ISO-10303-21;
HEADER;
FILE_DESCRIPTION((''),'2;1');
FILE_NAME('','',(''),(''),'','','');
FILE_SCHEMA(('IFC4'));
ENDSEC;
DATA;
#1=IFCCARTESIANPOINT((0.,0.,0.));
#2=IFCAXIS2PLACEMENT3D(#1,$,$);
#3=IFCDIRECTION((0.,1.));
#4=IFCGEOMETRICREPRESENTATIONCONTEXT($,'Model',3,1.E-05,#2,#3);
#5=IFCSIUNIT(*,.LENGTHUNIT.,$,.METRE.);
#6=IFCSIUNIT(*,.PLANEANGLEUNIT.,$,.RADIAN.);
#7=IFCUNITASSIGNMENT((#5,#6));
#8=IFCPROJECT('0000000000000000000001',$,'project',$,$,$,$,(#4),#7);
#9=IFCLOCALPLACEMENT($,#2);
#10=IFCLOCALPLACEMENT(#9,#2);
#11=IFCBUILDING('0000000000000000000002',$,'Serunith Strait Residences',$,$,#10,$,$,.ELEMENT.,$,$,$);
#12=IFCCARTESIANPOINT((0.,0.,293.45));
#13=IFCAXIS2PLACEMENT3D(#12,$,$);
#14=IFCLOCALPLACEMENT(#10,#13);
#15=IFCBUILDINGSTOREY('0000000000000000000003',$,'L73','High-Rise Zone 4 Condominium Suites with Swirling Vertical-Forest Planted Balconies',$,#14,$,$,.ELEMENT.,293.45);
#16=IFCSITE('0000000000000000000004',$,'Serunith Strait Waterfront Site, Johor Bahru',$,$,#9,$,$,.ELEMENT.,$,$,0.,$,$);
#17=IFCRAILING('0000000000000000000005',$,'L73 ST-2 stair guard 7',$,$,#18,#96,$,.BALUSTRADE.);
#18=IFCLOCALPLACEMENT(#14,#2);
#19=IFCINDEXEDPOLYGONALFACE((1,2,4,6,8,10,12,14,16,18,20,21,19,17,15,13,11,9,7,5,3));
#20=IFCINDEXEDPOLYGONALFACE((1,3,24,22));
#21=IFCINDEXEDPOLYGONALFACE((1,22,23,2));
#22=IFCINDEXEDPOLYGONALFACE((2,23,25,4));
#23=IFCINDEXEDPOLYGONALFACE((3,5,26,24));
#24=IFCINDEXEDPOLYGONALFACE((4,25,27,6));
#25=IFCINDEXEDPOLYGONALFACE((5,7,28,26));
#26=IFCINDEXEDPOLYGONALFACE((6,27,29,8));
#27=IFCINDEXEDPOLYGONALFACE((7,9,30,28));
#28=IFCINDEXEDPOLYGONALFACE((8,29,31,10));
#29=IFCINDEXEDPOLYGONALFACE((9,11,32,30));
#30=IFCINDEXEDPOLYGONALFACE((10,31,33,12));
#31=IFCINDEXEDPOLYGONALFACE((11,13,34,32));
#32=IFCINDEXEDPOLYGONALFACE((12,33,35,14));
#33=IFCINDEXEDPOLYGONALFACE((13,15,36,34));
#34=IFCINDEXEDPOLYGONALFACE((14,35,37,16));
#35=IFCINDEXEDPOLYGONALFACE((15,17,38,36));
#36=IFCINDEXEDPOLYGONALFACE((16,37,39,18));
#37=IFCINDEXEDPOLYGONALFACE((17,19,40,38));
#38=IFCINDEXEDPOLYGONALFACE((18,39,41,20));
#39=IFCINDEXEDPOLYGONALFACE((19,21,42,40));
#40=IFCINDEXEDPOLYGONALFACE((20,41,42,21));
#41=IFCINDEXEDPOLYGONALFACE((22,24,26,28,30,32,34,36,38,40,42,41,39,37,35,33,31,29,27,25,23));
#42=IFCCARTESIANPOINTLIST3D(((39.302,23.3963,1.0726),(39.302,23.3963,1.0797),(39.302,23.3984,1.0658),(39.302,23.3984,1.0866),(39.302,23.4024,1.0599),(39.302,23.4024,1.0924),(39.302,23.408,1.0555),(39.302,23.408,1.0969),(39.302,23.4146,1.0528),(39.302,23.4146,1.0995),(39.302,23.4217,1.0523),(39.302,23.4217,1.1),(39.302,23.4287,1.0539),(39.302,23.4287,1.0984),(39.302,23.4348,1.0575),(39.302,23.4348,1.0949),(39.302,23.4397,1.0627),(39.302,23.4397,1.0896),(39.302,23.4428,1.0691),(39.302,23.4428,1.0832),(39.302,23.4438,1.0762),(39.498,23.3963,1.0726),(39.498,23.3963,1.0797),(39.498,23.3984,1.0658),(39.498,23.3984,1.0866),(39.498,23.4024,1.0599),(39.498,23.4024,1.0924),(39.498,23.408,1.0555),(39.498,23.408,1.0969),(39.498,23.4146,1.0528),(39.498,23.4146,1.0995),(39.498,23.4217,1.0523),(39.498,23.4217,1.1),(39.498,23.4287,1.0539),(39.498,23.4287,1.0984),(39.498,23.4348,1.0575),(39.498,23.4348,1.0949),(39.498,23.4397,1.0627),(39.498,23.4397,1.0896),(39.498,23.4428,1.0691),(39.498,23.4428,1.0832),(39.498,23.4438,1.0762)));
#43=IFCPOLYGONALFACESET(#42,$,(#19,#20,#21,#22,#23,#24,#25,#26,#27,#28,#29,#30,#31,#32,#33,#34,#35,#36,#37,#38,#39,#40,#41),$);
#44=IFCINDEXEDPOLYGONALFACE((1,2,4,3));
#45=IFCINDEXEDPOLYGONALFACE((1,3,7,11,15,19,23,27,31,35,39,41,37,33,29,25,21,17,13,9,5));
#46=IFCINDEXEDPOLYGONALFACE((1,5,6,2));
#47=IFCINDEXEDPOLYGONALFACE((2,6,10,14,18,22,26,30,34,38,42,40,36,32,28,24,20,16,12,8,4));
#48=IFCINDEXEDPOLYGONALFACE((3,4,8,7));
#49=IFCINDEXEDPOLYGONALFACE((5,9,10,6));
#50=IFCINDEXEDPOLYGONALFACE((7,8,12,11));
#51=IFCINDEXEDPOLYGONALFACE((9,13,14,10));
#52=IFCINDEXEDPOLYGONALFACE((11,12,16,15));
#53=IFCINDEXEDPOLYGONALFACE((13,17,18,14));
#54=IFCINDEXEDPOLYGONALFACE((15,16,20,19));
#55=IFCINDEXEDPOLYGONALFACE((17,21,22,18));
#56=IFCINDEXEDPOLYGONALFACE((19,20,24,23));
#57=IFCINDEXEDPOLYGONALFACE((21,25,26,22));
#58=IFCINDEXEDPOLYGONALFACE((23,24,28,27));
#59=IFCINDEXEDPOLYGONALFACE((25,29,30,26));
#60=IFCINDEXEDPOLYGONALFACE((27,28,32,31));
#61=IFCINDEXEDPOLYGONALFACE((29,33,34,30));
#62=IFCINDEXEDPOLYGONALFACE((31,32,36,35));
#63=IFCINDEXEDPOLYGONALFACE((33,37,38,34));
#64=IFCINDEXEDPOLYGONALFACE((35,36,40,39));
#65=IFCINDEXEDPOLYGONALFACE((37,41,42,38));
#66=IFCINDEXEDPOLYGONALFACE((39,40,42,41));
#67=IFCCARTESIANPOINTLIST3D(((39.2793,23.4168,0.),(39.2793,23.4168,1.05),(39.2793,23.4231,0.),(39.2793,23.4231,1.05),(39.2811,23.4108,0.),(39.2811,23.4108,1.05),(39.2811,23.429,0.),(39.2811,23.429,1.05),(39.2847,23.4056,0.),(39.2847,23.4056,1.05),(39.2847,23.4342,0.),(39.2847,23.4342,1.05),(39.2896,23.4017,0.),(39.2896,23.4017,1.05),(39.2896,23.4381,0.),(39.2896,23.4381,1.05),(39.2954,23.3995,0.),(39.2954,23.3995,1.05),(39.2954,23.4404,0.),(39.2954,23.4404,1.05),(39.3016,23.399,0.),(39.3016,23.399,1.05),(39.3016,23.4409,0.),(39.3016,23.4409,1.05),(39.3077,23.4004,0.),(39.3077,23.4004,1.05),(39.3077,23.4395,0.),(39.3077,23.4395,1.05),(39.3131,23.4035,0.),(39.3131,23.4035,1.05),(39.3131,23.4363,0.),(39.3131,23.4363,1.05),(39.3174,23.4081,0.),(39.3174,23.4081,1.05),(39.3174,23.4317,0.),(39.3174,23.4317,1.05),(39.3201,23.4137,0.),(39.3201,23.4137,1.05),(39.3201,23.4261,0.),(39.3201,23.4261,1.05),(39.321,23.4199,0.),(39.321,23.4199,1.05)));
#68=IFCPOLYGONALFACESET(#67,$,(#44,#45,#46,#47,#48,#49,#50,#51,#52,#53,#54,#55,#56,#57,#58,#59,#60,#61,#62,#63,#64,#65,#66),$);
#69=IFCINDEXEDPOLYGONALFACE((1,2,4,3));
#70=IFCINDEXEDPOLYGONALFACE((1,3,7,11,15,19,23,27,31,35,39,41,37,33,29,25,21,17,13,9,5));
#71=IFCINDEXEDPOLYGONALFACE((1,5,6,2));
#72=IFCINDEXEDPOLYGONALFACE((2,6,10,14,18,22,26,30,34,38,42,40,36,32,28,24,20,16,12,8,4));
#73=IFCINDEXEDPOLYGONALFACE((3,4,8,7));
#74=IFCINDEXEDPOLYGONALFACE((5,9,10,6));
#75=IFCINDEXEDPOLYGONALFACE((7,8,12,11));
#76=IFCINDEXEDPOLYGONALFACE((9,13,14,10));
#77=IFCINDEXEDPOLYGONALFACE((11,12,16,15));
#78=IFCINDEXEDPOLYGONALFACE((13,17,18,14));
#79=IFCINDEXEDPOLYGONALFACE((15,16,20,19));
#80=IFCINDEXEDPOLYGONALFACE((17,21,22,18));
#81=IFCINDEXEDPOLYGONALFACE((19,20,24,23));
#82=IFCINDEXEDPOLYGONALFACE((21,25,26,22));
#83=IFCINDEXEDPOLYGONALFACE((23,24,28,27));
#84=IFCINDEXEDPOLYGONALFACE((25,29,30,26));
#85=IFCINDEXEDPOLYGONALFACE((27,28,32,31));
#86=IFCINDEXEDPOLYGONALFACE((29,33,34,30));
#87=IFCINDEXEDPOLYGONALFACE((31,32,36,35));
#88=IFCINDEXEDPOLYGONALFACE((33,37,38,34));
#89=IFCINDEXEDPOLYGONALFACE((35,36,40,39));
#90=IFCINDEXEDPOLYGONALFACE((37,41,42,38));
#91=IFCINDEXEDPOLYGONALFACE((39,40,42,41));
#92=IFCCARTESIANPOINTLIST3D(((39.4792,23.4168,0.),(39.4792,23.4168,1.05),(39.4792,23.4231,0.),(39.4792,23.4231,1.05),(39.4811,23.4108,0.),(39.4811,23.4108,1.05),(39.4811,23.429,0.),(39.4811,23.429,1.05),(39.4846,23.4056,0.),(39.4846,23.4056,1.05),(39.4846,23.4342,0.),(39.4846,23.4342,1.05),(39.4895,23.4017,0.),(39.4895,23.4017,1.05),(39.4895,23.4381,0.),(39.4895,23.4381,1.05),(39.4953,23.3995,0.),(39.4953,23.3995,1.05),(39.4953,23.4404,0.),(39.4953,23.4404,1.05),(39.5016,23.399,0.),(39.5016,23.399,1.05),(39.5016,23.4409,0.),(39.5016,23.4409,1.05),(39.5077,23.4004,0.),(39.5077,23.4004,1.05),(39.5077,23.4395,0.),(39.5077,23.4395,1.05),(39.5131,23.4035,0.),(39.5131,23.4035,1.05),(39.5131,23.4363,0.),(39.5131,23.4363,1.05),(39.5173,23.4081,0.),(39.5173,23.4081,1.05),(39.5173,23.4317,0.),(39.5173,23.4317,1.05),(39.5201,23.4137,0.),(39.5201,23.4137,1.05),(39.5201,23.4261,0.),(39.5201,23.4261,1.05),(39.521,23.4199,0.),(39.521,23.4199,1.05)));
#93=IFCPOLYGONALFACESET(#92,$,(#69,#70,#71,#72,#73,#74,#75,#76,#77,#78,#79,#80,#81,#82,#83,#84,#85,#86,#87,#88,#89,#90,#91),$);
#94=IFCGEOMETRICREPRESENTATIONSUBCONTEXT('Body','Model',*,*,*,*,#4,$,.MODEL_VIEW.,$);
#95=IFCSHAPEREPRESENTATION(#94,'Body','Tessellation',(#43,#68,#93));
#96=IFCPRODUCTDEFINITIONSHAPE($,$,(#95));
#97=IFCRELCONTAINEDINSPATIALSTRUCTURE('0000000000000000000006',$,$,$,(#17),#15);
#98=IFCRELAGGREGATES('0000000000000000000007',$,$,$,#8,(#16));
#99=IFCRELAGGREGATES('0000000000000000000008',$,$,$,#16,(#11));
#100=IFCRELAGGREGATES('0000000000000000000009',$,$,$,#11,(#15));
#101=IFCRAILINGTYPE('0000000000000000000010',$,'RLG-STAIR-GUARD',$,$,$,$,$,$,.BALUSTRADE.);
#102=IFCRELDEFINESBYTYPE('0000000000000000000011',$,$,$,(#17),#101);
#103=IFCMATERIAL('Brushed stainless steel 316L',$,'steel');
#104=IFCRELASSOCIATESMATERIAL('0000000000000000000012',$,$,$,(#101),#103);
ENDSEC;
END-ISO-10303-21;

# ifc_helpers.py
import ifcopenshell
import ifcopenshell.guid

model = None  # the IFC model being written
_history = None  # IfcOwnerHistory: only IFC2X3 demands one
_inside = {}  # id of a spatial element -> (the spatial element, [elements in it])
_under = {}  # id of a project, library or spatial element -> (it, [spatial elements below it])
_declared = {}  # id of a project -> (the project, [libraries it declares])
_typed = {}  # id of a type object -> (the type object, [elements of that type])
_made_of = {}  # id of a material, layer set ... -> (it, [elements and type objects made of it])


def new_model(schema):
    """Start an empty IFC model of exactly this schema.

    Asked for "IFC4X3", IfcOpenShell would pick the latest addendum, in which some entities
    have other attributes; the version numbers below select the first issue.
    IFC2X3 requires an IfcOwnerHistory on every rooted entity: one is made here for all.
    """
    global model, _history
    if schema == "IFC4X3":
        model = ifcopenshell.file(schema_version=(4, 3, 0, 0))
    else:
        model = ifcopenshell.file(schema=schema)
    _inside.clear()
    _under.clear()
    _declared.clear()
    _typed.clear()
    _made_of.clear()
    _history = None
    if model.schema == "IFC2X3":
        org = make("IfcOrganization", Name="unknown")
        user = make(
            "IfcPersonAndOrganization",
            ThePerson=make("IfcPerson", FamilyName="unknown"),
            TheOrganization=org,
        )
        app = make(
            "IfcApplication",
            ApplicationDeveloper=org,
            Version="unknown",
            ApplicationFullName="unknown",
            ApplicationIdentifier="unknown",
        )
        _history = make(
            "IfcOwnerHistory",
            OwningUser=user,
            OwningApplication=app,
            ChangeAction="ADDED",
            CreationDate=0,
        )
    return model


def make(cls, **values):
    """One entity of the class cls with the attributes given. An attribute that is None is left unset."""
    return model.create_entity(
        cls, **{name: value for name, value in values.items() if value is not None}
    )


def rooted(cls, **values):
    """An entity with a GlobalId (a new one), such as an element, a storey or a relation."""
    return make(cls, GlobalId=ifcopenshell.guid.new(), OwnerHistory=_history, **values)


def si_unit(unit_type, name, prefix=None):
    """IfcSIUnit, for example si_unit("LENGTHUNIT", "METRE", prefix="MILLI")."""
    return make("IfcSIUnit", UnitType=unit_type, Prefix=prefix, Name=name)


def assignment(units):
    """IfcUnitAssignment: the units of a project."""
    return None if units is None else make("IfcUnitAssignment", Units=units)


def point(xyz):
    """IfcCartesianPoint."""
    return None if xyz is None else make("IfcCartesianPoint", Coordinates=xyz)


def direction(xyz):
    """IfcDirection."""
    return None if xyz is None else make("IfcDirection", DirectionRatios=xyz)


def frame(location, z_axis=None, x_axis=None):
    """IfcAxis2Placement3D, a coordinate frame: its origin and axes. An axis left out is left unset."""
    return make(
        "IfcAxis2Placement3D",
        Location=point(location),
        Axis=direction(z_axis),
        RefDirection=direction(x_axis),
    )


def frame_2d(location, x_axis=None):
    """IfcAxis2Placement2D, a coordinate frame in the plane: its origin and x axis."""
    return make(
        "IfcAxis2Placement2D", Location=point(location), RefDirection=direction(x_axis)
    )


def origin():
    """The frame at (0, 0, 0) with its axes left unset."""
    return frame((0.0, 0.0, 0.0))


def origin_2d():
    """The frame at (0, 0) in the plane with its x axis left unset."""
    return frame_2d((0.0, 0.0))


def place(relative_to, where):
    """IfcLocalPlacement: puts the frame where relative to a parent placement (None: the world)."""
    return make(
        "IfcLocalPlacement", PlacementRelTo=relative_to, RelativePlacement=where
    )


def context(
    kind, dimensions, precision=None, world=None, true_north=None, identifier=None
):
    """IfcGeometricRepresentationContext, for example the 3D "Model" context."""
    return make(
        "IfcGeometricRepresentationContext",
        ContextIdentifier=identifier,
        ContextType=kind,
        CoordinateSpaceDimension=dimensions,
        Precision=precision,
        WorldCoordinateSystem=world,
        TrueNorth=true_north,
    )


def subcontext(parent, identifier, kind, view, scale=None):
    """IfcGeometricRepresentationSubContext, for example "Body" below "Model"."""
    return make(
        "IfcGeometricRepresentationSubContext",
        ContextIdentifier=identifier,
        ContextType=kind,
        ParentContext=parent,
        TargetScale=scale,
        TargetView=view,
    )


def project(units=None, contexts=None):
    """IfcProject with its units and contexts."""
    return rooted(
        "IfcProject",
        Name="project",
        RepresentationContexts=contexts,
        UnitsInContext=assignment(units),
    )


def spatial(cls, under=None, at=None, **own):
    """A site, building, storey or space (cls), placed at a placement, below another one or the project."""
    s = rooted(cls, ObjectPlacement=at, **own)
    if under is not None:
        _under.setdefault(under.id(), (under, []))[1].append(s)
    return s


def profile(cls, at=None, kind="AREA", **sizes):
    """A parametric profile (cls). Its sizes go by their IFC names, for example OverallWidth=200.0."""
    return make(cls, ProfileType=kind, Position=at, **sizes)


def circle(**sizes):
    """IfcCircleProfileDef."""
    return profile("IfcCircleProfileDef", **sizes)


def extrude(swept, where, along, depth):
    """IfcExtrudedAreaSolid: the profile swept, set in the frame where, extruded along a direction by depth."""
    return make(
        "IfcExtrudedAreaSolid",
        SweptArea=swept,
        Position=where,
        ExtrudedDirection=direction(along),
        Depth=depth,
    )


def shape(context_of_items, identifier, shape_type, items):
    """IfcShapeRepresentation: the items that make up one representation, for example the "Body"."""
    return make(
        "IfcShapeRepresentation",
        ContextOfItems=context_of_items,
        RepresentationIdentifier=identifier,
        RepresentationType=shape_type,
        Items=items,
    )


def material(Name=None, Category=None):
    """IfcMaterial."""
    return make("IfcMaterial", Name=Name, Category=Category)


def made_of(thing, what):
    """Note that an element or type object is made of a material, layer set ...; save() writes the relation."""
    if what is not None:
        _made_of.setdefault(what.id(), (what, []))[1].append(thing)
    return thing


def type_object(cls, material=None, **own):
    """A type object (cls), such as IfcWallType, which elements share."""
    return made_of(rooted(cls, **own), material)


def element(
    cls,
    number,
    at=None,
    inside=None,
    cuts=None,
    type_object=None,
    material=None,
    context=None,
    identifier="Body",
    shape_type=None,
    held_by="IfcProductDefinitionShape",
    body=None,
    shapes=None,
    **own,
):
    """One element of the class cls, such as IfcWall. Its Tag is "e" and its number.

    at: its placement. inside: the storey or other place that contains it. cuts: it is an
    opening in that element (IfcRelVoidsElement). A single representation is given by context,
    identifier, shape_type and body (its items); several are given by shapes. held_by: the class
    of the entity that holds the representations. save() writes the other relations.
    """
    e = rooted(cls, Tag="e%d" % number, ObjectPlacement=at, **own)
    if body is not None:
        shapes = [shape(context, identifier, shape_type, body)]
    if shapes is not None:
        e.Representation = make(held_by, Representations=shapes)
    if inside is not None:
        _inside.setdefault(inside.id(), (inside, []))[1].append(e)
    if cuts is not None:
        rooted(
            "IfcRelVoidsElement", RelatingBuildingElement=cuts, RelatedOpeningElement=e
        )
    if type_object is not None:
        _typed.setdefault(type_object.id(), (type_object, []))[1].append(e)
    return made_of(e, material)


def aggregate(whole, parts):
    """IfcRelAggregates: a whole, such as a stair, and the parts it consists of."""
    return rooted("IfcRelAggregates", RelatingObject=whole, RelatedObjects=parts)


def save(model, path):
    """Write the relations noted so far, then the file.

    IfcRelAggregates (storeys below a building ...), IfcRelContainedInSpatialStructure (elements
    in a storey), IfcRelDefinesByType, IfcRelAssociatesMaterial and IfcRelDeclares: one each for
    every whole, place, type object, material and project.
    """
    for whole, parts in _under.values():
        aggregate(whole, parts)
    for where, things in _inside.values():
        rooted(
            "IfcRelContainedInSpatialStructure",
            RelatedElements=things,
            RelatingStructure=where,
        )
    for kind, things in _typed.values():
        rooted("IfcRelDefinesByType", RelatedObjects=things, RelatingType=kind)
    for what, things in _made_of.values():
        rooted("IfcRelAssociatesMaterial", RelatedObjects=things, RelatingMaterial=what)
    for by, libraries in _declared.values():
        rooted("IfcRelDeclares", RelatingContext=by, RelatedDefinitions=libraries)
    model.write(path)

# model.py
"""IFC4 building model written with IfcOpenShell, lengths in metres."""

from ifc_helpers import new_model, si_unit, direction, frame, origin, origin_2d, place, context, subcontext, project, spatial, circle, extrude, material, type_object, element, save


model = new_model("IFC4")

# Units and contexts
model_context = context("Model", 3, precision=1e-05, world=origin(), true_north=direction((0.0, 1.0)))
body_context = subcontext(model_context, "Body", "Model", "MODEL_VIEW")
ifc_project = project(units=[si_unit("LENGTHUNIT", "METRE"), si_unit("PLANEANGLEUNIT", "RADIAN")], contexts=[model_context])

# Site, building, storey
site_placement = place(None, origin())
site = spatial("IfcSite", under=ifc_project, at=site_placement, Name="Serunith Strait Waterfront Site, Johor Bahru", CompositionType="ELEMENT", RefElevation=0.0)
building_placement = place(site_placement, origin())
building = spatial("IfcBuilding", under=site, at=building_placement, Name="Serunith Strait Residences", CompositionType="ELEMENT")
storey_placement = place(building_placement, frame((0.0, 0.0, 293.45)))
storey = spatial("IfcBuildingStorey", under=building, at=storey_placement, Name="L73", Description="High-Rise Zone 4 Condominium Suites with Swirling Vertical-Forest Planted Balconies", CompositionType="ELEMENT", Elevation=293.45)

# Railing
ifc_material_1 = material(Name="Brushed stainless steel 316L", Category="steel")
railing_type_1 = type_object("IfcRailingType", Name="RLG-STAIR-GUARD", PredefinedType="BALUSTRADE", material=ifc_material_1)
railing_1_placement = place(storey_placement, frame((39.3, 23.4199, 0.0)))
element("IfcRailing", 1, at=railing_1_placement, inside=storey, type_object=railing_type_1, Name="L73 ST-2 stair guard 7", PredefinedType="BALUSTRADE", context=body_context, shape_type="SweptSolid", body=[
    extrude(circle(Radius=0.0239, at=origin_2d()), frame((0.002, 0.0, 1.0762), z_axis=(1.0, 0.0, 0.0), x_axis=(0.0, 1.0, 0.0)), (0.0, 0.0, 1.0), 0.196),
    extrude(circle(Radius=0.021, at=origin_2d()), origin(), (0.0, 0.0, 1.0), 1.05),
    extrude(circle(Radius=0.021, at=origin_2d()), frame((0.2, 0.0, 0.0)), (0.0, 0.0, 1.0), 1.05),
])

save(model, "model.ifc")
